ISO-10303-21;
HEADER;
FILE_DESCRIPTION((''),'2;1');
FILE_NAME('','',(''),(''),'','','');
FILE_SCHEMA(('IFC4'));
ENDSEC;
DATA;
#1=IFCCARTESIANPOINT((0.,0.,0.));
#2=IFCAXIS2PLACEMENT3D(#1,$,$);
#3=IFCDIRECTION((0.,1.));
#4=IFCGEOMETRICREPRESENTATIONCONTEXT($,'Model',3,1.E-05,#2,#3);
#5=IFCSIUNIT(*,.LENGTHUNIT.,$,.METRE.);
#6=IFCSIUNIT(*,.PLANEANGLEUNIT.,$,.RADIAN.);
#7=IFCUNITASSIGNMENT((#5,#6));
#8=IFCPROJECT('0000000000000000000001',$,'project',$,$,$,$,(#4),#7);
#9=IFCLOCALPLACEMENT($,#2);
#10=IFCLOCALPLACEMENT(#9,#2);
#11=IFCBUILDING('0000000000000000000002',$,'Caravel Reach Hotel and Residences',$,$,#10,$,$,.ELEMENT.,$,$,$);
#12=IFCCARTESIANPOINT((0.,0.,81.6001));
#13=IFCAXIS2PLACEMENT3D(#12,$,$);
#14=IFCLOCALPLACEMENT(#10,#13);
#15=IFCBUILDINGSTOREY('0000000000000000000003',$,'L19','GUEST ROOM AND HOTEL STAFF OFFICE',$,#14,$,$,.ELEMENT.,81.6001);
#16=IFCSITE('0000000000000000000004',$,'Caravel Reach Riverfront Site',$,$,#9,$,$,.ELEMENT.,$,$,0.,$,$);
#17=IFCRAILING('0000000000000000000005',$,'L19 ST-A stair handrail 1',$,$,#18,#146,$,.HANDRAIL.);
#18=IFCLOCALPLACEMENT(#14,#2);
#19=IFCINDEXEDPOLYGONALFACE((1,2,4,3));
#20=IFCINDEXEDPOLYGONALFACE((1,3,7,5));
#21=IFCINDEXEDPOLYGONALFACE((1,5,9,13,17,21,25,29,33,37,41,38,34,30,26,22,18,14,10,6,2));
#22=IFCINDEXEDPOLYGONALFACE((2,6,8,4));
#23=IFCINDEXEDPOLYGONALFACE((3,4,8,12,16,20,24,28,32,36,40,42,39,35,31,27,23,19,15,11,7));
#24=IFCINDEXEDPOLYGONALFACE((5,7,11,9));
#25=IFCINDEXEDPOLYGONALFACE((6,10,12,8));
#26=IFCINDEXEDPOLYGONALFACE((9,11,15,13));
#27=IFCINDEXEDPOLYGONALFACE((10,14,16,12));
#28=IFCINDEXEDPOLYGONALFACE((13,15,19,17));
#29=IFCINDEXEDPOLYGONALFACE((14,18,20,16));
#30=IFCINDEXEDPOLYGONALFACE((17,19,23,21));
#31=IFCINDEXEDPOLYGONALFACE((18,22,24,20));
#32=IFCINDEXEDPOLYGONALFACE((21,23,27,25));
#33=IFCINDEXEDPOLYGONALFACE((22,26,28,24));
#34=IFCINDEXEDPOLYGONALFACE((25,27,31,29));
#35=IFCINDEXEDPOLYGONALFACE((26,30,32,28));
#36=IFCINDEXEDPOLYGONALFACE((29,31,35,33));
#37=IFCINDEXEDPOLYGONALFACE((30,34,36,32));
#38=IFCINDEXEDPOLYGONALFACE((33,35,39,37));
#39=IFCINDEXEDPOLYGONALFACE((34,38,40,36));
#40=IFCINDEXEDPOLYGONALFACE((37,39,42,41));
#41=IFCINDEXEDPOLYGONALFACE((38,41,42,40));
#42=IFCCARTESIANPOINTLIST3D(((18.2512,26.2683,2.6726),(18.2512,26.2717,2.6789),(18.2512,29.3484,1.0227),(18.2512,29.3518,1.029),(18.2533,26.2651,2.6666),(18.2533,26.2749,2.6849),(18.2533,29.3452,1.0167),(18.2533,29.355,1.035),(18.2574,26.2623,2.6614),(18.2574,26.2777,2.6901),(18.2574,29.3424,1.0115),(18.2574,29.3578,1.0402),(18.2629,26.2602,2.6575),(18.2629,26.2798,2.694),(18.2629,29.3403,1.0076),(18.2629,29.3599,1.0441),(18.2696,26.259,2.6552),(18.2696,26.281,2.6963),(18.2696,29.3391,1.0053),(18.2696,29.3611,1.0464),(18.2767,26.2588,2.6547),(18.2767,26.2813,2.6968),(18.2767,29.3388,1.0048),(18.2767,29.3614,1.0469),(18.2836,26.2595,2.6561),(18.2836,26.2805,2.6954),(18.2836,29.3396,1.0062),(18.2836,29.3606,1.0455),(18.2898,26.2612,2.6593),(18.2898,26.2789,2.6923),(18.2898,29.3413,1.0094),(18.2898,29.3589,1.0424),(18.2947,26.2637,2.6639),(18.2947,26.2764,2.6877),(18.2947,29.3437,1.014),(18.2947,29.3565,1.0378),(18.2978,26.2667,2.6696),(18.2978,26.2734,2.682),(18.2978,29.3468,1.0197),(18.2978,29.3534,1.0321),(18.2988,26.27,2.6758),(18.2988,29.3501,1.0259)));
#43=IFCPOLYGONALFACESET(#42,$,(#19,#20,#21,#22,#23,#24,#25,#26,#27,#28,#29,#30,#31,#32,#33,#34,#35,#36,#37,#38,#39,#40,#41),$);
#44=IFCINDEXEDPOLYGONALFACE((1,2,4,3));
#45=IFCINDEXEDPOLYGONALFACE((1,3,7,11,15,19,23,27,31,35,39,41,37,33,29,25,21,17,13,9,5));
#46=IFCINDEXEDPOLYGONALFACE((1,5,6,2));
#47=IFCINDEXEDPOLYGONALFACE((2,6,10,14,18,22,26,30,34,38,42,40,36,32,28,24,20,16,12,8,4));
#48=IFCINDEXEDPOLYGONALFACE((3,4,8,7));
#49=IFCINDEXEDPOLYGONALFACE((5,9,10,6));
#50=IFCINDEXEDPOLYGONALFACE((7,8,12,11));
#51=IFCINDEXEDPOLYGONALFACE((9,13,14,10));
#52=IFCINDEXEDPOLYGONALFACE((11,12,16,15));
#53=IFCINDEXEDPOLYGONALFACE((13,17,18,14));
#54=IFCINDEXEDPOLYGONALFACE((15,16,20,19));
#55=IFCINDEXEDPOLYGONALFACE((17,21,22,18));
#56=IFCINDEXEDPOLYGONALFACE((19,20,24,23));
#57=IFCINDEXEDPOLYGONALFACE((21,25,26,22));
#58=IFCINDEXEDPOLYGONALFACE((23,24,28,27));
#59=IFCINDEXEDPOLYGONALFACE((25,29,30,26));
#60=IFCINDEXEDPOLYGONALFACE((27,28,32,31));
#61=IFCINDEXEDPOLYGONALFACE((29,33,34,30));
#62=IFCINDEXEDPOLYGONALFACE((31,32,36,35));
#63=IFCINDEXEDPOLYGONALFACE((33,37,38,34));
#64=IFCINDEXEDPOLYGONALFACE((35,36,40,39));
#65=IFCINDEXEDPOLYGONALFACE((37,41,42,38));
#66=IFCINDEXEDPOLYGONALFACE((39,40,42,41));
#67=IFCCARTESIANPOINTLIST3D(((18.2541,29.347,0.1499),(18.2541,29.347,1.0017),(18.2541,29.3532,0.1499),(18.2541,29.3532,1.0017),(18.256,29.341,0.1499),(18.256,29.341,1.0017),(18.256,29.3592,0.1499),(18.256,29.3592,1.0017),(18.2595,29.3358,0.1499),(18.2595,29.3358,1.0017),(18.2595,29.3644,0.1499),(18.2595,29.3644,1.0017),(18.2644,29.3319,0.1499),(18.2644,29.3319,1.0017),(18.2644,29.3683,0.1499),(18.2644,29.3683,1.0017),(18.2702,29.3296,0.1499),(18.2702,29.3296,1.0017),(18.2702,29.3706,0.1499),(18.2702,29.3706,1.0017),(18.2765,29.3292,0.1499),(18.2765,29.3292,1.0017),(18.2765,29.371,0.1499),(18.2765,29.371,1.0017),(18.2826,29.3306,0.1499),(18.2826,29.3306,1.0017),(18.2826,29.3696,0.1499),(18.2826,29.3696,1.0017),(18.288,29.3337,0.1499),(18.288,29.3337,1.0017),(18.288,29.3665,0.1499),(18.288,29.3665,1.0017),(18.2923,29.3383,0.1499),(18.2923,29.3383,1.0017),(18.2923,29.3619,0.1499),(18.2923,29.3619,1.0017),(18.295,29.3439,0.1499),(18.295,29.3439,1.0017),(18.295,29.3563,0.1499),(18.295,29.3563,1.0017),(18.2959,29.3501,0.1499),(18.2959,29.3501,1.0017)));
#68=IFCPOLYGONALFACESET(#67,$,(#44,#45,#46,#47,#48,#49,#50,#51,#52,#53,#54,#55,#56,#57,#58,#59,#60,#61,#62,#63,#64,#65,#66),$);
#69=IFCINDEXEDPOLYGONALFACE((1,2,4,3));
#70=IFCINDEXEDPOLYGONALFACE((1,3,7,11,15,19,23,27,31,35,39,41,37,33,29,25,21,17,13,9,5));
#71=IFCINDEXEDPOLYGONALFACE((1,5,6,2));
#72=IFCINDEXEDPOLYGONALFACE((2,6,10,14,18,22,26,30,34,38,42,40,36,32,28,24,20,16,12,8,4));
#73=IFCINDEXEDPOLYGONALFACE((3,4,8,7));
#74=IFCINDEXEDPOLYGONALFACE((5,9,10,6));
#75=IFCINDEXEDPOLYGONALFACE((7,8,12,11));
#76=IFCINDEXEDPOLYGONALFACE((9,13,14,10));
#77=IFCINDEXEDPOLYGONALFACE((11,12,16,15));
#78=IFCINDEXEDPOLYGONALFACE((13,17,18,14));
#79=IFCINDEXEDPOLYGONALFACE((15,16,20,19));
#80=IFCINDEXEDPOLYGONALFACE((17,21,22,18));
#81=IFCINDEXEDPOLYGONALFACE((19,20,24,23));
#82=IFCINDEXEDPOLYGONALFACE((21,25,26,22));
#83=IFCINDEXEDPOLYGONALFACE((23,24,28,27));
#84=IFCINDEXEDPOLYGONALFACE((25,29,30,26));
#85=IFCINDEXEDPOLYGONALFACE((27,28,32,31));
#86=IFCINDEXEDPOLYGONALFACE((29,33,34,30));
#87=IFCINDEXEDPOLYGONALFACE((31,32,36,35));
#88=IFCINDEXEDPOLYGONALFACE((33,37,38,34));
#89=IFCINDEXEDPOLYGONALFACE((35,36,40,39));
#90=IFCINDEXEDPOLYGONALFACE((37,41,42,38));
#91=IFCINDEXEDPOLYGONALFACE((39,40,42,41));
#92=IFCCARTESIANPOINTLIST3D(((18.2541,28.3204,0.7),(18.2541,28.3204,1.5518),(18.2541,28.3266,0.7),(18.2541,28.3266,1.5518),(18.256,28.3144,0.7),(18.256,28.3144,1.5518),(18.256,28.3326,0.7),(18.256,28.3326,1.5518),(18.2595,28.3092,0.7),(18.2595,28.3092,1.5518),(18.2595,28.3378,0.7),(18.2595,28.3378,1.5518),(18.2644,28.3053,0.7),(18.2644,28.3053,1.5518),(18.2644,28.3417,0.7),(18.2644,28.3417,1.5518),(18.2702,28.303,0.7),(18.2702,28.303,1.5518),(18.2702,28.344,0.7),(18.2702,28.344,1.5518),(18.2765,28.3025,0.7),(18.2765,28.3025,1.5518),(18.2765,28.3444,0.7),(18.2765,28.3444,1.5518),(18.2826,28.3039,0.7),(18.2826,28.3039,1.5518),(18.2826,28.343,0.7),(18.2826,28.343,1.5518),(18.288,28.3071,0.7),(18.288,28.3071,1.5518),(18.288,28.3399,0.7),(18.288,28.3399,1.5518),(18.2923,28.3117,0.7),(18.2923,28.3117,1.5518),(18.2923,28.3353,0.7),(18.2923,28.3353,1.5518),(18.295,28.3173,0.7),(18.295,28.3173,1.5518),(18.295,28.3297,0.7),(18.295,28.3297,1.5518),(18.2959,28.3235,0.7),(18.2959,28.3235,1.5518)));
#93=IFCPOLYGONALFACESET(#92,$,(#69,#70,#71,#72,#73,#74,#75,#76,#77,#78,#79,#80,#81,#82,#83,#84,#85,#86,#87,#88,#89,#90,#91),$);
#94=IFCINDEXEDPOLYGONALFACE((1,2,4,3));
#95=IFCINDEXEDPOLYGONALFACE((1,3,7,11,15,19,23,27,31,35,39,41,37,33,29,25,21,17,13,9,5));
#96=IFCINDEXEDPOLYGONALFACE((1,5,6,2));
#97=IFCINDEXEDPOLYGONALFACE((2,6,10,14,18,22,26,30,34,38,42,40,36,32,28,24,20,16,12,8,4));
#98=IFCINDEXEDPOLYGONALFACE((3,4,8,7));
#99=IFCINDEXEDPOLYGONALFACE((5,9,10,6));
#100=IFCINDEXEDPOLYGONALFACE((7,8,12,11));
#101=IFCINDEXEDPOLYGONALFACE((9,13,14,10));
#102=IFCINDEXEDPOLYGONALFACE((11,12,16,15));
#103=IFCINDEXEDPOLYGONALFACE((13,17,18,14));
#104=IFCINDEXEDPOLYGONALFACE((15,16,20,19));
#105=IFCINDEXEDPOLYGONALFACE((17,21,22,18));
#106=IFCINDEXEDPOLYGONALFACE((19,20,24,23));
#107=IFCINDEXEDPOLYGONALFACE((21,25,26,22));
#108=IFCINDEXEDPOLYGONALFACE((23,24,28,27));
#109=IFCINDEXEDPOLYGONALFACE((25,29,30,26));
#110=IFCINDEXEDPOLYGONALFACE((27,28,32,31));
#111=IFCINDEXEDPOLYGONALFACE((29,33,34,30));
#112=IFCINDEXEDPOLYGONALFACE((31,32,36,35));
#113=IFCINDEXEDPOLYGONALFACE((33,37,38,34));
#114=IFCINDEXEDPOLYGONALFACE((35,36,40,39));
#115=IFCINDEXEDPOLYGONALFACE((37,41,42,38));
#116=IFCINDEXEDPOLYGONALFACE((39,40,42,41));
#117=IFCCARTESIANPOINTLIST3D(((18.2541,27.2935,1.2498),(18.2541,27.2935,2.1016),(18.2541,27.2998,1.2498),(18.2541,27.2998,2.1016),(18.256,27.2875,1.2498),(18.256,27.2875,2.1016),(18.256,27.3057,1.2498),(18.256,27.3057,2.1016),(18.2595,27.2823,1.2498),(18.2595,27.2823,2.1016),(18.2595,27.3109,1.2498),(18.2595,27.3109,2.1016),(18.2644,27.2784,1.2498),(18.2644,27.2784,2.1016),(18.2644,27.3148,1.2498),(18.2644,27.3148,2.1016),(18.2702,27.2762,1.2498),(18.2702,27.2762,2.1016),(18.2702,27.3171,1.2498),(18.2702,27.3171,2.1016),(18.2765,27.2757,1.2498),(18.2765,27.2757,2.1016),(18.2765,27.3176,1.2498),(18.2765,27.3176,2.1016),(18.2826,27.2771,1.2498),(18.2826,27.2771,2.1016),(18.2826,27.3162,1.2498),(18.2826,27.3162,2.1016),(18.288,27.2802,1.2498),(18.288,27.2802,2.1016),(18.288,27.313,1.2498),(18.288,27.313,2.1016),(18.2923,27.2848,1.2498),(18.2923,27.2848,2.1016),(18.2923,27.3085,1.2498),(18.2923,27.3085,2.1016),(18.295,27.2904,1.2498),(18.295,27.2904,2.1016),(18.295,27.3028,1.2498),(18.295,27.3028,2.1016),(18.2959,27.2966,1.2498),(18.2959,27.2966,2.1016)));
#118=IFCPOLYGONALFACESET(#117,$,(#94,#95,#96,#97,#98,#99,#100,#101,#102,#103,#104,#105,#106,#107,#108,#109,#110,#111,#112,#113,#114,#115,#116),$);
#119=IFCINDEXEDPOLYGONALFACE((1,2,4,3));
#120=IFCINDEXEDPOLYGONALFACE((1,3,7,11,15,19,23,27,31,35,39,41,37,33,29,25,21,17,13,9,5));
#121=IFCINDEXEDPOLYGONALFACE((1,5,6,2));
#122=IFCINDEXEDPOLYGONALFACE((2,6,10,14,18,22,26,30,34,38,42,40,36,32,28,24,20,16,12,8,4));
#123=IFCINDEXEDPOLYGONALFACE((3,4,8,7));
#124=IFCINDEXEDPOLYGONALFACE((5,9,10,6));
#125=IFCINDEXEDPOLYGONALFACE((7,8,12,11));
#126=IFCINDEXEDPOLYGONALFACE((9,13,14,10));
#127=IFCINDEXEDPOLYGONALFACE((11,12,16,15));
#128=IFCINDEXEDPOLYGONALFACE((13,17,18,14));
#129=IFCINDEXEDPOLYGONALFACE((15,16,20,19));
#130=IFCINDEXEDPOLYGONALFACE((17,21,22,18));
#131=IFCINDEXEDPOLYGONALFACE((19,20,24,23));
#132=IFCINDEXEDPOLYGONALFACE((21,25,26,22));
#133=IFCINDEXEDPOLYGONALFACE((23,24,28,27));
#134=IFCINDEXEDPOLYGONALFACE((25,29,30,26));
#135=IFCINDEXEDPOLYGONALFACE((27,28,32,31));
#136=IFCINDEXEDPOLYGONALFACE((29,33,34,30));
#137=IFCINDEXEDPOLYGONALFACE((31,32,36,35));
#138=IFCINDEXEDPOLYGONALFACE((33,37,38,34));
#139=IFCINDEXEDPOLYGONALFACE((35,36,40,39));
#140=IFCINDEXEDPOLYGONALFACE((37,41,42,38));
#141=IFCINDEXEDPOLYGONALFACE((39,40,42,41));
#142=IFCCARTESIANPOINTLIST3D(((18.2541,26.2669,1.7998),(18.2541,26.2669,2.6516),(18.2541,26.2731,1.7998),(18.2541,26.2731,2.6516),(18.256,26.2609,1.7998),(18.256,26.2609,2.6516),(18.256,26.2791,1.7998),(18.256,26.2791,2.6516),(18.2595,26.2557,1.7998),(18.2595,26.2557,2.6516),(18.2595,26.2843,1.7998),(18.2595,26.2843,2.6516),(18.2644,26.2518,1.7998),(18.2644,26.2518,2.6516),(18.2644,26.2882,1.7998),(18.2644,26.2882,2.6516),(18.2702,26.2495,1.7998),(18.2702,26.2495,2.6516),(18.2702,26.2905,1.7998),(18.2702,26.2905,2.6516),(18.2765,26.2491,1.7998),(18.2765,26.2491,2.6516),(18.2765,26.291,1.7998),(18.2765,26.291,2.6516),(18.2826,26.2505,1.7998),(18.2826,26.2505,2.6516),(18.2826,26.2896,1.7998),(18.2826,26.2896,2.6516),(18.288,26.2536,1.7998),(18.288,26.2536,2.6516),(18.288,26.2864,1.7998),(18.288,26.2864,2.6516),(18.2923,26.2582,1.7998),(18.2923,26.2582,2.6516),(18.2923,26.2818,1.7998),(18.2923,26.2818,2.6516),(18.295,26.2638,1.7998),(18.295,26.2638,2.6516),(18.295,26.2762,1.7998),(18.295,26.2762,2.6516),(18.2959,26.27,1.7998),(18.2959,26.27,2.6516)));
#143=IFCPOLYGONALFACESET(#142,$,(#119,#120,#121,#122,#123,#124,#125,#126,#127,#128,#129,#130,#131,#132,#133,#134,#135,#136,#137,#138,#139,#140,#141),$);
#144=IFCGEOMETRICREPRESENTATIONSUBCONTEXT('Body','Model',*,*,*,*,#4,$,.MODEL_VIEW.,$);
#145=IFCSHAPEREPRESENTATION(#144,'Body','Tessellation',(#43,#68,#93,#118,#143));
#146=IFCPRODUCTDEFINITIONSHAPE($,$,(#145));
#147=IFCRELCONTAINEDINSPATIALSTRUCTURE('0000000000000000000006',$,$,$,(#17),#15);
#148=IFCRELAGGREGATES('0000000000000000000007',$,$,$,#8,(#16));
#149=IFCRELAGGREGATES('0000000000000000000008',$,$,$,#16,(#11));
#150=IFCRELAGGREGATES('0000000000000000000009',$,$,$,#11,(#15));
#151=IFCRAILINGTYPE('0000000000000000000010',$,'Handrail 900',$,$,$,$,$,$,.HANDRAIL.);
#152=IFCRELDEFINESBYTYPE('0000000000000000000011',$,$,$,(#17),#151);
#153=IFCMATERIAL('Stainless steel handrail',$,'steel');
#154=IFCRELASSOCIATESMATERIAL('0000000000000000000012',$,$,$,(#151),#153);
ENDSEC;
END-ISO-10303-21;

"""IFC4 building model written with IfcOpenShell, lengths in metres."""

from ifc_helpers import new_model, si_unit, direction, frame, origin, origin_2d, place, context, subcontext, project, spatial, circle, extrude, material, type_object, element, save


model = new_model("IFC4")

# Units and contexts
model_context = context("Model", 3, precision=1e-05, world=origin(), true_north=direction((0.0, 1.0)))
body_context = subcontext(model_context, "Body", "Model", "MODEL_VIEW")
ifc_project = project(units=[si_unit("LENGTHUNIT", "METRE"), si_unit("PLANEANGLEUNIT", "RADIAN")], contexts=[model_context])

# Site, building, storey
site_placement = place(None, origin())
site = spatial("IfcSite", under=ifc_project, at=site_placement, Name="Caravel Reach Riverfront Site", CompositionType="ELEMENT", RefElevation=0.0)
building_placement = place(site_placement, origin())
building = spatial("IfcBuilding", under=site, at=building_placement, Name="Caravel Reach Hotel and Residences", CompositionType="ELEMENT")
storey_placement = place(building_placement, frame((0.0, 0.0, 81.6001)))
storey = spatial("IfcBuildingStorey", under=building, at=storey_placement, Name="L19", Description="GUEST ROOM AND HOTEL STAFF OFFICE", CompositionType="ELEMENT", Elevation=81.6001)

# Railing
ifc_material_1 = material(Name="Stainless steel handrail", Category="steel")
railing_type_1 = type_object("IfcRailingType", Name="Handrail 900", PredefinedType="HANDRAIL", material=ifc_material_1)
railing_1_placement = place(storey_placement, frame((18.2749, 29.3501, 0.1499)))
element("IfcRailing", 1, at=railing_1_placement, inside=storey, type_object=railing_type_1, Name="L19 ST-A stair handrail 1", PredefinedType="HANDRAIL", context=body_context, shape_type="SweptSolid", body=[
    extrude(circle(Radius=0.0239, at=origin_2d()), frame((0.0, 0.0, 0.876), z_axis=(0.0, -0.881497, 0.47219), x_axis=(1.0, 0.0, 0.0)), (0.0, 0.0, 1.0), 3.4941),
    extrude(circle(Radius=0.021, at=origin_2d()), origin(), (0.0, 0.0, 1.0), 0.8518),
    extrude(circle(Radius=0.021, at=origin_2d()), frame((0.0, -1.0266, 0.55)), (0.0, 0.0, 1.0), 0.8518),
    extrude(circle(Radius=0.021, at=origin_2d()), frame((0.0, -2.0535, 1.0999)), (0.0, 0.0, 1.0), 0.8518),
    extrude(circle(Radius=0.021, at=origin_2d()), frame((0.0, -3.0801, 1.6499)), (0.0, 0.0, 1.0), 0.8518),
])

save(model, "model.ifc")
